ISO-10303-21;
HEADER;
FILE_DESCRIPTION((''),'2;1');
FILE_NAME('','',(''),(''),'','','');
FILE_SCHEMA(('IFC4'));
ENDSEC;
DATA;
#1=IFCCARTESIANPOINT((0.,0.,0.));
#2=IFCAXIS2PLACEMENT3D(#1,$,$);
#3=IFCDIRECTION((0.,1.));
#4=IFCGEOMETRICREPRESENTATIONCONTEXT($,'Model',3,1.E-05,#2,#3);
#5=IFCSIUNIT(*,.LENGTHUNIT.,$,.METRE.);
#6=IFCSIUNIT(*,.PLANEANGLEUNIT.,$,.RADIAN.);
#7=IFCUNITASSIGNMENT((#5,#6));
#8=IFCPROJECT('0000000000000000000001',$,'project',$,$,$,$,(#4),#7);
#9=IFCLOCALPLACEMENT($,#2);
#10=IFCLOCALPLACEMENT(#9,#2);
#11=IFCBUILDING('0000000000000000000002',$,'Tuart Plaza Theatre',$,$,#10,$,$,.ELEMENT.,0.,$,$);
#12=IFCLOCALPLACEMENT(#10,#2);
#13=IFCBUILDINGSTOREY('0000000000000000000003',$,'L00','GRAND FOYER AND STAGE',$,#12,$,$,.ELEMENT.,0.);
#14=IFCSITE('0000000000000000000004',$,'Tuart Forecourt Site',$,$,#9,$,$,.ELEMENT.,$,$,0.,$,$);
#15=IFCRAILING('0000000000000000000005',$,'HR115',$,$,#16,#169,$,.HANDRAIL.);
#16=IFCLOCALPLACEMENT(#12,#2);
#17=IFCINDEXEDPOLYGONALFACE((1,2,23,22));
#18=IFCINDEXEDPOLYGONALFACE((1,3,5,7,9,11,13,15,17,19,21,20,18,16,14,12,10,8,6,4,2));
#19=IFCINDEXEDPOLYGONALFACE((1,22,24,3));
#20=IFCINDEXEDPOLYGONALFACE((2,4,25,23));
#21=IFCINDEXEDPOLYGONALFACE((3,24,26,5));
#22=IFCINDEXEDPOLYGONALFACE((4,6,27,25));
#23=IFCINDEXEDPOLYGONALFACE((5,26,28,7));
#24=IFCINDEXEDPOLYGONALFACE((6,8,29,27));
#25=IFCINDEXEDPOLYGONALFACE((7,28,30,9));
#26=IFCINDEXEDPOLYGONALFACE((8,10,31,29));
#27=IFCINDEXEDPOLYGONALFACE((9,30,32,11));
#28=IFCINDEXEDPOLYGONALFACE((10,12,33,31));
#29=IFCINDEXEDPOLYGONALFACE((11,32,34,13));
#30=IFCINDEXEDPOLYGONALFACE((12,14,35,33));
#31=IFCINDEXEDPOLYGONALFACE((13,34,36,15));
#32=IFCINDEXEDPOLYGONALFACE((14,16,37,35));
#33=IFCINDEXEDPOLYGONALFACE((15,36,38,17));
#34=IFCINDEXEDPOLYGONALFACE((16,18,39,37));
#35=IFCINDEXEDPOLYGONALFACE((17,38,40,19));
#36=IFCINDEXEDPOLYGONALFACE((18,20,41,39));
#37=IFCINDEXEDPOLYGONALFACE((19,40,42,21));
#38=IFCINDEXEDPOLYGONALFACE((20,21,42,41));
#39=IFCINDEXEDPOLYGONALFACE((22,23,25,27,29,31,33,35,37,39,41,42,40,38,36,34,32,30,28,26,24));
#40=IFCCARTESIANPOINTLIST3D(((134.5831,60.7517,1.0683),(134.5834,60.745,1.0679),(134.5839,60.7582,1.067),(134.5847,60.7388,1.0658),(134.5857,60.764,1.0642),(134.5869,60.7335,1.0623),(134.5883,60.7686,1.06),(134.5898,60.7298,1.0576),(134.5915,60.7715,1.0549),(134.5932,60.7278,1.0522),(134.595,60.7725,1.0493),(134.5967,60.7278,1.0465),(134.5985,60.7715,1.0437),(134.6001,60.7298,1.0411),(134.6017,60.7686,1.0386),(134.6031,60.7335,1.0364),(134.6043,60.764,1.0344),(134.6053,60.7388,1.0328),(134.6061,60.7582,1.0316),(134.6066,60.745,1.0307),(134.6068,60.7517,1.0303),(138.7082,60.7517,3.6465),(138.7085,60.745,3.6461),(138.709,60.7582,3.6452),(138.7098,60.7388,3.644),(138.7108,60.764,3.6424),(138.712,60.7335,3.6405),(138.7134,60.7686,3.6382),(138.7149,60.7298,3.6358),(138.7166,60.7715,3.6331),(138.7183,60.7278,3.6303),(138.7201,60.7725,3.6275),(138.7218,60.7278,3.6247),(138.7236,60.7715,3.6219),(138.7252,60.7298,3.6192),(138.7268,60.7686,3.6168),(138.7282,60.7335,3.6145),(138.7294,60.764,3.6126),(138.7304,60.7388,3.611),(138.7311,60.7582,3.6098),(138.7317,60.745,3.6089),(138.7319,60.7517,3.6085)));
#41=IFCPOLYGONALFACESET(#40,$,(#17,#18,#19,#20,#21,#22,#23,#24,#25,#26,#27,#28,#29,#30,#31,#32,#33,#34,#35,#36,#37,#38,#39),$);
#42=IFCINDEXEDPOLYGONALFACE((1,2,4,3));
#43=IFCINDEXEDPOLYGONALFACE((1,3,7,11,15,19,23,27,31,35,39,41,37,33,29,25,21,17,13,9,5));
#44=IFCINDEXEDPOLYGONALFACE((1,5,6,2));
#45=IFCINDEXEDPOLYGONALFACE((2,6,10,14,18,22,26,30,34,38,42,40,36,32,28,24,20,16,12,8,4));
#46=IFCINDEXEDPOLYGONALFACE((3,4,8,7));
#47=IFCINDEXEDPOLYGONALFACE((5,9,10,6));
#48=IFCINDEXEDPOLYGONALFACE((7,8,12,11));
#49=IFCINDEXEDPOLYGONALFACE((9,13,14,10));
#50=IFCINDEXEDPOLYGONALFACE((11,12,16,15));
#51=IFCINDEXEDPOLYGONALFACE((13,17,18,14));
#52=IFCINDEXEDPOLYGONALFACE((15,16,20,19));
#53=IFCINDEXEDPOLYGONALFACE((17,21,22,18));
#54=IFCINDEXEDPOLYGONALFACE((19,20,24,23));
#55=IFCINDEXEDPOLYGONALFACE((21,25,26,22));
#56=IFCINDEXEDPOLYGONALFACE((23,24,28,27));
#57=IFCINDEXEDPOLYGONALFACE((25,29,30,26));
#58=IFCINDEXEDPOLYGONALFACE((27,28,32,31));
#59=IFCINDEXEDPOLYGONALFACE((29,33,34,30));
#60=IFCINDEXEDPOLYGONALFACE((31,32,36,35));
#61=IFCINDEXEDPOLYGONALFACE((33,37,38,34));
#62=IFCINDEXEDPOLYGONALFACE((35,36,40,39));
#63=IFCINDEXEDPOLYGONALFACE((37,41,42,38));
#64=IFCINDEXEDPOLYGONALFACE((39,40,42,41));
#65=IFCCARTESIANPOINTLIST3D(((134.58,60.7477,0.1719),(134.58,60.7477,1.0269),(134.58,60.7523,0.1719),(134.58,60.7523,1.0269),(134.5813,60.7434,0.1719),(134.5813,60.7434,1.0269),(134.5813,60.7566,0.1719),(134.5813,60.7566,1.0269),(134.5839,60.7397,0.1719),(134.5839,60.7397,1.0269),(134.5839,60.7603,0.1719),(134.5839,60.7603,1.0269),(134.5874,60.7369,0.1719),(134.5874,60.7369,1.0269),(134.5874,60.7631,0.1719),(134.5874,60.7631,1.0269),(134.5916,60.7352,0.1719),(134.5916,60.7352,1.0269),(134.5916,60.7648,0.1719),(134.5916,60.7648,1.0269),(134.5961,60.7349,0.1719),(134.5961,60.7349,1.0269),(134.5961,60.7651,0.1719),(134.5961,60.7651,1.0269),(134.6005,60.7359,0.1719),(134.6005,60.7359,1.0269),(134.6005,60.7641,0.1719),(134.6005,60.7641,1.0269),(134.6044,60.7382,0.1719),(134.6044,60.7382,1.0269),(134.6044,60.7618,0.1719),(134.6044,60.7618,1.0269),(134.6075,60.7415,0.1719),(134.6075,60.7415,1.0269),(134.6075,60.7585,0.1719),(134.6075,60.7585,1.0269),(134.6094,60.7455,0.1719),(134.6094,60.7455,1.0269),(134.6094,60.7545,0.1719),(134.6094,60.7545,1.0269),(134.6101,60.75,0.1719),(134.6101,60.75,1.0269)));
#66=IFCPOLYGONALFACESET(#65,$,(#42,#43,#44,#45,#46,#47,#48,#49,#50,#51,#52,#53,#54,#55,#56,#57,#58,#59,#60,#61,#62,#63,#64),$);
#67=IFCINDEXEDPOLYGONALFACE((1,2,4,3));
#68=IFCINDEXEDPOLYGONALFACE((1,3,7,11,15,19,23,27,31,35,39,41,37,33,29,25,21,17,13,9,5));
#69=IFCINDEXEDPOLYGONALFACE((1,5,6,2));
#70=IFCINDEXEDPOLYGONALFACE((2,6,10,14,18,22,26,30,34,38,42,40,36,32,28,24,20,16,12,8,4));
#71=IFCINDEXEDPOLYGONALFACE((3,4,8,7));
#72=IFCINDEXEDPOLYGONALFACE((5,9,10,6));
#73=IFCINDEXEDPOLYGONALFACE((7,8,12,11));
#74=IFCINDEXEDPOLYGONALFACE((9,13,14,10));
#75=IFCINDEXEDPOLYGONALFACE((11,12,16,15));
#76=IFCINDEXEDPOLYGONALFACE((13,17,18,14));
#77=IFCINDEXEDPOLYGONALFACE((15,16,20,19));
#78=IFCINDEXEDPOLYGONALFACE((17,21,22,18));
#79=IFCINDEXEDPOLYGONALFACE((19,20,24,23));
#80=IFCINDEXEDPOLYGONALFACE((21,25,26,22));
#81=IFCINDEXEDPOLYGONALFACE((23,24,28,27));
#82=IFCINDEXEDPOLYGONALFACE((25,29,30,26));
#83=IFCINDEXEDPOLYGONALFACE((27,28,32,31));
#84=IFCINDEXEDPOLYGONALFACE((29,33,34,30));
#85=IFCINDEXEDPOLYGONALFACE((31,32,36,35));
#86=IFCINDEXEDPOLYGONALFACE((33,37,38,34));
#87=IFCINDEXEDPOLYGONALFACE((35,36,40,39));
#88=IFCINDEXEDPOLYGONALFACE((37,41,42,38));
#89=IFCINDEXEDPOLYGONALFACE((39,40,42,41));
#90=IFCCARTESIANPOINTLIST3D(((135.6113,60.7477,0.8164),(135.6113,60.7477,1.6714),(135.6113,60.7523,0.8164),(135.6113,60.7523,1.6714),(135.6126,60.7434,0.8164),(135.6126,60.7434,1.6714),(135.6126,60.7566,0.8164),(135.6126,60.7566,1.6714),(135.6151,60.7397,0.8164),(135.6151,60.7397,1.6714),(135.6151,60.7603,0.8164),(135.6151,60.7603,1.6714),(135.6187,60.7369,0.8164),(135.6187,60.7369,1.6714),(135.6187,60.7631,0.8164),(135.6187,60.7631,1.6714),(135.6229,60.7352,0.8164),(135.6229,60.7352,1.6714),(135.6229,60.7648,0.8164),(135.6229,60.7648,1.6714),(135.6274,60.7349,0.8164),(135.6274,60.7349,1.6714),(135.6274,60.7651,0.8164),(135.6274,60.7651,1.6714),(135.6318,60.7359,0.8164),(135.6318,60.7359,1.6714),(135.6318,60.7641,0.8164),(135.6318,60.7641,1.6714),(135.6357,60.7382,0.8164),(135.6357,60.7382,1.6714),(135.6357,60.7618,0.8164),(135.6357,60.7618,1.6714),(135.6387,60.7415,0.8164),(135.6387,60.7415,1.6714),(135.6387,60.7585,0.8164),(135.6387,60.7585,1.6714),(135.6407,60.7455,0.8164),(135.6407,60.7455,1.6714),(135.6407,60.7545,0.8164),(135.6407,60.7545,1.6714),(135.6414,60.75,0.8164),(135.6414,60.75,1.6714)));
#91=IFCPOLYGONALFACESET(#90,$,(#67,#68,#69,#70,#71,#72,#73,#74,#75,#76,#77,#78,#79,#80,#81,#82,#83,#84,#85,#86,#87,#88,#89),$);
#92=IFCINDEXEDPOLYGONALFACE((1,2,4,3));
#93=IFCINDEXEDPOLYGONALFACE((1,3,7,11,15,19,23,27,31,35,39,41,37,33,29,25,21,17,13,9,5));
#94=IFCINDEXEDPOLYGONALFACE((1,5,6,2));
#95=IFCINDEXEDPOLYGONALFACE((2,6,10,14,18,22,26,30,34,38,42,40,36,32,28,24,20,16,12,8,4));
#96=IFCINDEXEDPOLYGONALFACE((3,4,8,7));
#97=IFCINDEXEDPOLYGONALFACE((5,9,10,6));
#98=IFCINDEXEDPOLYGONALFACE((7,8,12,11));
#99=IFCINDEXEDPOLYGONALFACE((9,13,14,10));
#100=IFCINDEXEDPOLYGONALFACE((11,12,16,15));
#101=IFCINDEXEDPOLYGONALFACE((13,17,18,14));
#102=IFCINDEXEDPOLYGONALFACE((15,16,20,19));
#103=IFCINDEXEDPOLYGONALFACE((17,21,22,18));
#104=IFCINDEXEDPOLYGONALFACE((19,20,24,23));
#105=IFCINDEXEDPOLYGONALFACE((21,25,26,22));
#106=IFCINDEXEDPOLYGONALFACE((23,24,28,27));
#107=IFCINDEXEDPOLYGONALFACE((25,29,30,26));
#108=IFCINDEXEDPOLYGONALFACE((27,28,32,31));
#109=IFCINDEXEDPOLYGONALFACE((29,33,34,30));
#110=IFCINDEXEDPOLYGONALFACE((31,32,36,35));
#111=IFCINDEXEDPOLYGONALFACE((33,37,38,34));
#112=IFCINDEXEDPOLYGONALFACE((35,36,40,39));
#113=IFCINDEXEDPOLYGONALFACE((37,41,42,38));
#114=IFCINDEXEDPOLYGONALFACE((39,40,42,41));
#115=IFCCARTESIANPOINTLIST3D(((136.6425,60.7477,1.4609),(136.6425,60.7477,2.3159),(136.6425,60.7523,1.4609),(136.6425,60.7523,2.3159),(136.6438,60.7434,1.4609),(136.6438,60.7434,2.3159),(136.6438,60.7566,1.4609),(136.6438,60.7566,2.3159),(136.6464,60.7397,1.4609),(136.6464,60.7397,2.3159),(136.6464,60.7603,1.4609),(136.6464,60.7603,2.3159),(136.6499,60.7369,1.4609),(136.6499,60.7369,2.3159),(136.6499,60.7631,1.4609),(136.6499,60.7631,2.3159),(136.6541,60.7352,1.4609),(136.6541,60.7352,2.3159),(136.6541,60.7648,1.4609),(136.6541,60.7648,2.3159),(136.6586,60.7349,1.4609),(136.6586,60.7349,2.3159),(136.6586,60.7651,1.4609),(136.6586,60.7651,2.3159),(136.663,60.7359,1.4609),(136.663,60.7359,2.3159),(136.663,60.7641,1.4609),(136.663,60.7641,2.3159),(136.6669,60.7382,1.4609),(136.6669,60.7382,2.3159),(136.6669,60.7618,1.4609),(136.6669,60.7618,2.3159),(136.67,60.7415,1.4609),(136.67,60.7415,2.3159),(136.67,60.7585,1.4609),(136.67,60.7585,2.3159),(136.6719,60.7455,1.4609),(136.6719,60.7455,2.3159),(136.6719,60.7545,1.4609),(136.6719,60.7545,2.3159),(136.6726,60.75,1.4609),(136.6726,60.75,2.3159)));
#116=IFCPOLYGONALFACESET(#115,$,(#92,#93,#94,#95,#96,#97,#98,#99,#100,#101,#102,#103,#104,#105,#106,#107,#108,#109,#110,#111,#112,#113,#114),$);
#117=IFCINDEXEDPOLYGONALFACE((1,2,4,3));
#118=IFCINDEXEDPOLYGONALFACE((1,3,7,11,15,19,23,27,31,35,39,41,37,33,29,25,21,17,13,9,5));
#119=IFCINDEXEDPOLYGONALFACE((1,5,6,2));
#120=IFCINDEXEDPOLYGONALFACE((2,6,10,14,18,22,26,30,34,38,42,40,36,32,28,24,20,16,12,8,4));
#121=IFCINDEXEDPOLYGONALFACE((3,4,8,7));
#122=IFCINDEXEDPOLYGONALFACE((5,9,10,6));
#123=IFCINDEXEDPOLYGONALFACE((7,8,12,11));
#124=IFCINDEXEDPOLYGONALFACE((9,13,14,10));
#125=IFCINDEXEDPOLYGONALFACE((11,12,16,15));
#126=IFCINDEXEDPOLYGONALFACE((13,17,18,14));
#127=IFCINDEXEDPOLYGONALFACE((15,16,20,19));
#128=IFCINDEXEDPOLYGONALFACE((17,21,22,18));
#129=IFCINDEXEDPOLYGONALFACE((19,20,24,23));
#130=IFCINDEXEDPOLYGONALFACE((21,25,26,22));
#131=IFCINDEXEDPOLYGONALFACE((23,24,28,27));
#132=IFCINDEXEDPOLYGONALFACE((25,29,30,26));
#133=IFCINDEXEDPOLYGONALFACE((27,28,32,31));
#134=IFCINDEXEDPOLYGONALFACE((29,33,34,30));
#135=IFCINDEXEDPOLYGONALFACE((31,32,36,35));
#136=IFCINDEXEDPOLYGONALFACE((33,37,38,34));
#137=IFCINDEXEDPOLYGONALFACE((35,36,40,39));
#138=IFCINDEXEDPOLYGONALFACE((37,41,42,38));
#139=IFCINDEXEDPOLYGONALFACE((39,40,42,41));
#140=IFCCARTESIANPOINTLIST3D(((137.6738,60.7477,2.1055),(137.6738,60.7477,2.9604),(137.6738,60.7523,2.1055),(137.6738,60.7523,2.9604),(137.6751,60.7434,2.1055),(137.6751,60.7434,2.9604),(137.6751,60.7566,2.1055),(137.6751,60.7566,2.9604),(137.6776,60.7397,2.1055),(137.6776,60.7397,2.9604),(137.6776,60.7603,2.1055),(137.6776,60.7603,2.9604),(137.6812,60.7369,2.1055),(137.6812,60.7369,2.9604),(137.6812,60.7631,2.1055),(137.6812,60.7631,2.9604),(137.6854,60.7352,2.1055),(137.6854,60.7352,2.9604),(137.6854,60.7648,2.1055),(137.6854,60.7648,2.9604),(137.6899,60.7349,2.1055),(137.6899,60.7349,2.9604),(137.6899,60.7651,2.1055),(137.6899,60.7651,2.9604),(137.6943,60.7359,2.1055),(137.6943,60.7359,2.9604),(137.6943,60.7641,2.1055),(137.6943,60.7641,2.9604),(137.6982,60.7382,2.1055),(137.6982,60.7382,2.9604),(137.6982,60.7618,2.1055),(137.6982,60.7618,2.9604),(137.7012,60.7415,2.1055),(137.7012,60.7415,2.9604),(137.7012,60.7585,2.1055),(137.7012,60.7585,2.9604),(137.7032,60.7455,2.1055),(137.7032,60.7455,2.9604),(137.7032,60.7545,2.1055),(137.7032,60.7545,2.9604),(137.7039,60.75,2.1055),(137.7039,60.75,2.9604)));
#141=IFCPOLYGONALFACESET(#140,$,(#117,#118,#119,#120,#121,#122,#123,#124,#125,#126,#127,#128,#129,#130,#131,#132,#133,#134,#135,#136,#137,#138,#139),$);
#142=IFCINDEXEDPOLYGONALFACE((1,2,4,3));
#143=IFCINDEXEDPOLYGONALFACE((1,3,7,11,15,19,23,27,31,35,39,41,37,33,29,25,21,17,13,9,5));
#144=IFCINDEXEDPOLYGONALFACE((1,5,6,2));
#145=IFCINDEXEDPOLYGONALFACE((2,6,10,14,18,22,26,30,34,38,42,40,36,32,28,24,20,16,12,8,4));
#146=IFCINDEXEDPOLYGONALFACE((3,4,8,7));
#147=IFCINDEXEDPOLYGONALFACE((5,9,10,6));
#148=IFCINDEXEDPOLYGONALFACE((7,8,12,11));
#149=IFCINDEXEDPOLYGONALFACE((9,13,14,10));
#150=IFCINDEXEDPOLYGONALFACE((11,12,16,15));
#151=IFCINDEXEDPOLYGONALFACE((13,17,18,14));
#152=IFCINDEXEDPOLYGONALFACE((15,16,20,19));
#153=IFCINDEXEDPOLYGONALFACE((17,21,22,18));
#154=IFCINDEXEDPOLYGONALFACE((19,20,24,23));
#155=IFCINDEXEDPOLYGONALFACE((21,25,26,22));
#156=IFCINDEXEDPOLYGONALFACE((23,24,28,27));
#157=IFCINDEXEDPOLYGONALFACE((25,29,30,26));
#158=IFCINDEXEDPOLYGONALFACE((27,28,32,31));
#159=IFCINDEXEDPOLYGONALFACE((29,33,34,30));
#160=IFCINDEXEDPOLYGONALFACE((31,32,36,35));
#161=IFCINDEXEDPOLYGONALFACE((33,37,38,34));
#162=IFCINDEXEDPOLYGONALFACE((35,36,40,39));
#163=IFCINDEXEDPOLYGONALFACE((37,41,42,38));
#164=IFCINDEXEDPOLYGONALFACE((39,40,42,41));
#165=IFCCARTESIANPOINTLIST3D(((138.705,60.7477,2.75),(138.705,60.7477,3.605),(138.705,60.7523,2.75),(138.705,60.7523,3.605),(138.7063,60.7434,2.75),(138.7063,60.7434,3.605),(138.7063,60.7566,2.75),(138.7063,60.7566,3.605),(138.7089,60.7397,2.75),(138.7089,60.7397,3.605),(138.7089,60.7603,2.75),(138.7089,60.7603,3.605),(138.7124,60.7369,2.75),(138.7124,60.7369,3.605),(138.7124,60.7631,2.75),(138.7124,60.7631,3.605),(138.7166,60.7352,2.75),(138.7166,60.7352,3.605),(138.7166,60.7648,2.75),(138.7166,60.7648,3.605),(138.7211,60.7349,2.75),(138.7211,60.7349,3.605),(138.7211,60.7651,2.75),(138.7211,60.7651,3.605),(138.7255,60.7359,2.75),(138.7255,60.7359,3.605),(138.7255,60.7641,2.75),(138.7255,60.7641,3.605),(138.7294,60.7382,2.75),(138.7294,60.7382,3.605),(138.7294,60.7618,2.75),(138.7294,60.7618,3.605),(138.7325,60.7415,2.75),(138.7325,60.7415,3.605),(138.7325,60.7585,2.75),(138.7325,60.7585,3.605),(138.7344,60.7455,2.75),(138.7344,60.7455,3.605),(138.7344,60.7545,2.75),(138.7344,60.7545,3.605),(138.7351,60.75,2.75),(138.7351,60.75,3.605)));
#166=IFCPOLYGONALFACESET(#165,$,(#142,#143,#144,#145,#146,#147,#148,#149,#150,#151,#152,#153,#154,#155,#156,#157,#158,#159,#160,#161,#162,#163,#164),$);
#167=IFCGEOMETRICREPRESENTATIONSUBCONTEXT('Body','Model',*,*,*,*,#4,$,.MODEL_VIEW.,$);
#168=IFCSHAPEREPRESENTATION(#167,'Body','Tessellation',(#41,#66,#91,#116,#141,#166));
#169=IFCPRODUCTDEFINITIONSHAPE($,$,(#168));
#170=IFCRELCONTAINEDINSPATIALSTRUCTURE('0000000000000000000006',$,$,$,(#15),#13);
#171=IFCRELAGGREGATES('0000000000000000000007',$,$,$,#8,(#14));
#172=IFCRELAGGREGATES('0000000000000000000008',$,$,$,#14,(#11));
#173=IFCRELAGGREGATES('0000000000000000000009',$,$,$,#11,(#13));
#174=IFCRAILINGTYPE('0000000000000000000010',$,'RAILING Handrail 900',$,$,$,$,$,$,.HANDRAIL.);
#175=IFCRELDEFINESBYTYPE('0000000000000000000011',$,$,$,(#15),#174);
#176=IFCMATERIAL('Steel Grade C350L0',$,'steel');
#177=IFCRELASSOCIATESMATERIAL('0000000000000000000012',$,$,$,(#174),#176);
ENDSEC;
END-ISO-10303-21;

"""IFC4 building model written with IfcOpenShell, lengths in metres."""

from ifc_helpers import new_model, si_unit, direction, frame, origin, origin_2d, place, context, subcontext, project, spatial, circle, extrude, material, type_object, element, save


model = new_model("IFC4")

# Units and contexts
model_context = context("Model", 3, precision=1e-05, world=origin(), true_north=direction((0.0, 1.0)))
body_context = subcontext(model_context, "Body", "Model", "MODEL_VIEW")
ifc_project = project(units=[si_unit("LENGTHUNIT", "METRE"), si_unit("PLANEANGLEUNIT", "RADIAN")], contexts=[model_context])

# Site, building, storey
site_placement = place(None, origin())
site = spatial("IfcSite", under=ifc_project, at=site_placement, Name="Tuart Forecourt Site", CompositionType="ELEMENT", RefElevation=0.0)
building_placement = place(site_placement, origin())
building = spatial("IfcBuilding", under=site, at=building_placement, Name="Tuart Plaza Theatre", CompositionType="ELEMENT", ElevationOfRefHeight=0.0)
storey_placement = place(building_placement, origin())
storey = spatial("IfcBuildingStorey", under=building, at=storey_placement, Name="L00", Description="GRAND FOYER AND STAGE", CompositionType="ELEMENT", Elevation=0.0)

# Railing
ifc_material_1 = material(Name="Steel Grade C350L0", Category="steel")
railing_type_1 = type_object("IfcRailingType", Name="RAILING Handrail 900", PredefinedType="HANDRAIL", material=ifc_material_1)
for number, where, name in (
    (1, (134.595, 60.75, 0.1719), "HR115"),
):
    element("IfcRailing", number, at=place(storey_placement, frame(where)), inside=storey, type_object=railing_type_1, Name=name, PredefinedType="HANDRAIL", context=body_context, shape_type="SweptSolid", body=[
        extrude(circle(Radius=0.0225, at=origin_2d()), frame((0.0, 0.0, 0.8774), z_axis=(0.847998, 0.0, 0.529999), x_axis=(0.0, 1.0, 0.0)), (0.0, 0.0, 1.0), 4.8645),
        extrude(circle(Radius=0.0151, at=origin_2d()), origin(), (0.0, 0.0, 1.0), 0.855),
        extrude(circle(Radius=0.0151, at=origin_2d()), frame((1.0312, 0.0, 0.6445)), (0.0, 0.0, 1.0), 0.855),
        extrude(circle(Radius=0.0151, at=origin_2d()), frame((2.0625, 0.0, 1.2891)), (0.0, 0.0, 1.0), 0.855),
        extrude(circle(Radius=0.0151, at=origin_2d()), frame((3.0938, 0.0, 1.9336)), (0.0, 0.0, 1.0), 0.855),
        extrude(circle(Radius=0.0151, at=origin_2d()), frame((4.125, 0.0, 2.5781)), (0.0, 0.0, 1.0), 0.855),
    ])

save(model, "model.ifc")
